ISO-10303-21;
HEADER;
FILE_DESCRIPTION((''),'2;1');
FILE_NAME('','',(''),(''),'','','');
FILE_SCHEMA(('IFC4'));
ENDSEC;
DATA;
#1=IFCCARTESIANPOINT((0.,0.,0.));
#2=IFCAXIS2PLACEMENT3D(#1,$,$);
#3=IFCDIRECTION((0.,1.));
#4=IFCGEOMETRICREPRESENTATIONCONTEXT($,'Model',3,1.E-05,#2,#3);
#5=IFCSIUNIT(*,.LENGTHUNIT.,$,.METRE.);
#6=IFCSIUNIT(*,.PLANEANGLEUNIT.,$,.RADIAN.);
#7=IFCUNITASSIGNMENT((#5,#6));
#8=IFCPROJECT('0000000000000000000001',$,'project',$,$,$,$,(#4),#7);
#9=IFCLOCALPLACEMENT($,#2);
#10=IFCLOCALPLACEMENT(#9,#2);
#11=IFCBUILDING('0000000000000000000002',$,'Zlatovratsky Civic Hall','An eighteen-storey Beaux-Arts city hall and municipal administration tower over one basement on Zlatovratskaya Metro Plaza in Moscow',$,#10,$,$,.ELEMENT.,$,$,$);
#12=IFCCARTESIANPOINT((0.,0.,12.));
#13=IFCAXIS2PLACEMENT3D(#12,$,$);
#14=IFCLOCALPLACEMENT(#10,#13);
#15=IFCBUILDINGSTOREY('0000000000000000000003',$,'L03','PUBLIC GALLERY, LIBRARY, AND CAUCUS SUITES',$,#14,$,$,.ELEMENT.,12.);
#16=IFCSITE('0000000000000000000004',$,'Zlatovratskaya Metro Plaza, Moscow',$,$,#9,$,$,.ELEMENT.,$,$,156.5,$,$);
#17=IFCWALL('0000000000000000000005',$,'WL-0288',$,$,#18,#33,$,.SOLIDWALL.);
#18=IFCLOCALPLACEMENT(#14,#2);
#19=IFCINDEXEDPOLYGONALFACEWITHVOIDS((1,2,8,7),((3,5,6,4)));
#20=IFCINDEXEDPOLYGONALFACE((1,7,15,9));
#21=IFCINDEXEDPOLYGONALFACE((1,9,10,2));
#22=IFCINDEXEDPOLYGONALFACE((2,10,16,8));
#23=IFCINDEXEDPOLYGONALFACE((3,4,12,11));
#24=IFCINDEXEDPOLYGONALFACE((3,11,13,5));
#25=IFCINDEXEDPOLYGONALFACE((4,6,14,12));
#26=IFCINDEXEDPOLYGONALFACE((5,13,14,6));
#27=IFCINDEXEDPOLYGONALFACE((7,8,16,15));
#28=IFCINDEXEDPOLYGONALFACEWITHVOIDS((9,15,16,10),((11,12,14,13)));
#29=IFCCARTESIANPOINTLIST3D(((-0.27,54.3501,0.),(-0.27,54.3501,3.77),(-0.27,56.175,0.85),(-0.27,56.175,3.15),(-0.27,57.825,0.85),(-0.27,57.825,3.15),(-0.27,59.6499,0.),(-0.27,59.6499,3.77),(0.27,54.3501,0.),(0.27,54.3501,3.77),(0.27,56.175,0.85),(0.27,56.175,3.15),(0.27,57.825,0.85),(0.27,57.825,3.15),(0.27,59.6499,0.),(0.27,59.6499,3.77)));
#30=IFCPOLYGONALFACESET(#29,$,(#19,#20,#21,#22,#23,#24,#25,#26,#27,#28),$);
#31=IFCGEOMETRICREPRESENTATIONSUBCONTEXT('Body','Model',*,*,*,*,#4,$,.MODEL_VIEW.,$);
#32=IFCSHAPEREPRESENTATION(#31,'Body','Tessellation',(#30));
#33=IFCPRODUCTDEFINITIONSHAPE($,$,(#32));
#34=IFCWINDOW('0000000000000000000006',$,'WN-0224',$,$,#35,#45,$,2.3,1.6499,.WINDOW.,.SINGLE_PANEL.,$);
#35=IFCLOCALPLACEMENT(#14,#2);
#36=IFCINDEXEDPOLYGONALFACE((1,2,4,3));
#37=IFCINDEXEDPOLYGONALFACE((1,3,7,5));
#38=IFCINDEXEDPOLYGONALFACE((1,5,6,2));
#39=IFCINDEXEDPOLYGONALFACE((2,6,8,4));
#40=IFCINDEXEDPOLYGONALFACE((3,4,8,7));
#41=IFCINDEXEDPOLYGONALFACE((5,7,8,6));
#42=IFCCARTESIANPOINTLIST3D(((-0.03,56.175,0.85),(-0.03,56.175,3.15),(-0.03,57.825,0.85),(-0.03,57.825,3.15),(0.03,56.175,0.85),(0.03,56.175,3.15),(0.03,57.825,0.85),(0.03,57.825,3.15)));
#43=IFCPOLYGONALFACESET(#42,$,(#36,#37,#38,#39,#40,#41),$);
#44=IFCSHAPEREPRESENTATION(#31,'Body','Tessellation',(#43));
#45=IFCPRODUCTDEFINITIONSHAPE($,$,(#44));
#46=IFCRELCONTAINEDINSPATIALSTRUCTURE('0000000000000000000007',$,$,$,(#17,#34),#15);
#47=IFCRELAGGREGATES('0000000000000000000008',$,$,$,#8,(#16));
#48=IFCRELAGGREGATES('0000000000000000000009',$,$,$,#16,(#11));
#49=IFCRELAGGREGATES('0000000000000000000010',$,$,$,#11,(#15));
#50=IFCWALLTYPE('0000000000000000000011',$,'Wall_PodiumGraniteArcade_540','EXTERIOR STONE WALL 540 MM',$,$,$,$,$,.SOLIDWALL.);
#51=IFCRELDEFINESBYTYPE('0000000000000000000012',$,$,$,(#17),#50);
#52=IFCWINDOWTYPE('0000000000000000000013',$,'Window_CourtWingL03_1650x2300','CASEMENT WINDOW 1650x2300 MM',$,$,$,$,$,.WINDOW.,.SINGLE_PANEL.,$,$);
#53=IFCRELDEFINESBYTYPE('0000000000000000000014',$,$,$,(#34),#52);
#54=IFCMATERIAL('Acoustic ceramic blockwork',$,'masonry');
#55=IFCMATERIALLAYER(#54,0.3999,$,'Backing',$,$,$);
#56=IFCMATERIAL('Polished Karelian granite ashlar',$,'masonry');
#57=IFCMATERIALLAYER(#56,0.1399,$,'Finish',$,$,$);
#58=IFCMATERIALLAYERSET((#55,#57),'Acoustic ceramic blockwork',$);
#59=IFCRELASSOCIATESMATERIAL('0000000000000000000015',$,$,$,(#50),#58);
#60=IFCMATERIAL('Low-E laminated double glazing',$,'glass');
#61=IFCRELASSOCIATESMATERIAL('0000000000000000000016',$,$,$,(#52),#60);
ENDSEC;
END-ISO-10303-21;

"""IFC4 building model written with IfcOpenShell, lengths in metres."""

from ifc_helpers import new_model, si_unit, direction, frame, frame_2d, origin, place, context, subcontext, project, spatial, rectangle, extrude, material, layer, layer_set, type_object, element, fill, save


model = new_model("IFC4")

# Units and contexts
model_context = context("Model", 3, precision=1e-05, world=origin(), true_north=direction((0.0, 1.0)))
body_context = subcontext(model_context, "Body", "Model", "MODEL_VIEW")
ifc_project = project(units=[si_unit("LENGTHUNIT", "METRE"), si_unit("PLANEANGLEUNIT", "RADIAN")], contexts=[model_context])

# Site, building, storey
site_placement = place(None, origin())
site = spatial("IfcSite", under=ifc_project, at=site_placement, Name="Zlatovratskaya Metro Plaza, Moscow", CompositionType="ELEMENT", RefElevation=156.5)
building_placement = place(site_placement, origin())
building = spatial("IfcBuilding", under=site, at=building_placement, Name="Zlatovratsky Civic Hall", Description="An eighteen-storey Beaux-Arts city hall and municipal administration tower over one basement on Zlatovratskaya Metro Plaza in Moscow", CompositionType="ELEMENT")
storey_placement = place(building_placement, frame((0.0, 0.0, 12.0)))
storey = spatial("IfcBuildingStorey", under=building, at=storey_placement, Name="L03", Description="PUBLIC GALLERY, LIBRARY, AND CAUCUS SUITES", CompositionType="ELEMENT", Elevation=12.0)

# Shared definitions
ifc_material_1 = material(Name="Low-E laminated double glazing", Category="glass")

# Wall, opening, window
ifc_material_2 = material(Name="Acoustic ceramic blockwork", Category="masonry")
ifc_layer_1 = layer(ifc_material_2, 0.3999, Name="Backing")
ifc_material_3 = material(Name="Polished Karelian granite ashlar", Category="masonry")
ifc_layer_2 = layer(ifc_material_3, 0.1399, Name="Finish")
ifc_layer_set_1 = layer_set([ifc_layer_1, ifc_layer_2], Name="Acoustic ceramic blockwork")
wall_type = type_object("IfcWallType", Name="Wall_PodiumGraniteArcade_540", Description="EXTERIOR STONE WALL 540 MM", PredefinedType="SOLIDWALL", material=ifc_layer_set_1)
window_type = type_object("IfcWindowType", Name="Window_CourtWingL03_1650x2300", Description="CASEMENT WINDOW 1650x2300 MM", PartitioningType="SINGLE_PANEL", PredefinedType="WINDOW", material=ifc_material_1)
wall_1_placement = place(storey_placement, frame((0.0, 54.3501, 0.0), z_axis=(0.0, 0.0, 1.0), x_axis=(0.0, 1.0, 0.0)))
wall_1 = element("IfcWall", 1, at=wall_1_placement, inside=storey, type_object=wall_type, Name="WL-0288", PredefinedType="SOLIDWALL", context=body_context, shape_type="SweptSolid", body=[
    extrude(rectangle(XDim=5.2998, YDim=0.54, at=frame_2d((2.6499, 0.0))), origin(), (0.0, 0.0, 1.0), 3.77),
])
opening_1_placement = place(wall_1_placement, frame((1.825, 0.0, 0.8501)))
opening_1 = element("IfcOpeningElement", 2, at=opening_1_placement, cuts=wall_1, PredefinedType="OPENING", context=body_context, shape_type="SweptSolid", body=[
    extrude(rectangle(XDim=1.6499, YDim=2.3, at=frame_2d((0.825, 1.1499))), frame((0.0, 0.2849, 0.0), z_axis=(0.0, -1.0, 0.0), x_axis=(1.0, 0.0, 0.0)), (0.0, 0.0, 1.0), 0.5698),
])
window_1_placement = place(opening_1_placement, origin())
window_1 = element("IfcWindow", 3, at=window_1_placement, inside=storey, type_object=window_type, Name="WN-0224", OverallHeight=2.3, OverallWidth=1.6499, PartitioningType="SINGLE_PANEL", PredefinedType="WINDOW", context=body_context, shape_type="SweptSolid", body=[
    extrude(rectangle(XDim=1.6499, YDim=2.3, at=frame_2d((0.825, 1.1499))), frame((0.0, 0.03, 0.0), z_axis=(0.0, -1.0, 0.0), x_axis=(1.0, 0.0, 0.0)), (0.0, 0.0, 1.0), 0.0601),
])
fill(opening_1, window_1)

save(model, "model.ifc")
